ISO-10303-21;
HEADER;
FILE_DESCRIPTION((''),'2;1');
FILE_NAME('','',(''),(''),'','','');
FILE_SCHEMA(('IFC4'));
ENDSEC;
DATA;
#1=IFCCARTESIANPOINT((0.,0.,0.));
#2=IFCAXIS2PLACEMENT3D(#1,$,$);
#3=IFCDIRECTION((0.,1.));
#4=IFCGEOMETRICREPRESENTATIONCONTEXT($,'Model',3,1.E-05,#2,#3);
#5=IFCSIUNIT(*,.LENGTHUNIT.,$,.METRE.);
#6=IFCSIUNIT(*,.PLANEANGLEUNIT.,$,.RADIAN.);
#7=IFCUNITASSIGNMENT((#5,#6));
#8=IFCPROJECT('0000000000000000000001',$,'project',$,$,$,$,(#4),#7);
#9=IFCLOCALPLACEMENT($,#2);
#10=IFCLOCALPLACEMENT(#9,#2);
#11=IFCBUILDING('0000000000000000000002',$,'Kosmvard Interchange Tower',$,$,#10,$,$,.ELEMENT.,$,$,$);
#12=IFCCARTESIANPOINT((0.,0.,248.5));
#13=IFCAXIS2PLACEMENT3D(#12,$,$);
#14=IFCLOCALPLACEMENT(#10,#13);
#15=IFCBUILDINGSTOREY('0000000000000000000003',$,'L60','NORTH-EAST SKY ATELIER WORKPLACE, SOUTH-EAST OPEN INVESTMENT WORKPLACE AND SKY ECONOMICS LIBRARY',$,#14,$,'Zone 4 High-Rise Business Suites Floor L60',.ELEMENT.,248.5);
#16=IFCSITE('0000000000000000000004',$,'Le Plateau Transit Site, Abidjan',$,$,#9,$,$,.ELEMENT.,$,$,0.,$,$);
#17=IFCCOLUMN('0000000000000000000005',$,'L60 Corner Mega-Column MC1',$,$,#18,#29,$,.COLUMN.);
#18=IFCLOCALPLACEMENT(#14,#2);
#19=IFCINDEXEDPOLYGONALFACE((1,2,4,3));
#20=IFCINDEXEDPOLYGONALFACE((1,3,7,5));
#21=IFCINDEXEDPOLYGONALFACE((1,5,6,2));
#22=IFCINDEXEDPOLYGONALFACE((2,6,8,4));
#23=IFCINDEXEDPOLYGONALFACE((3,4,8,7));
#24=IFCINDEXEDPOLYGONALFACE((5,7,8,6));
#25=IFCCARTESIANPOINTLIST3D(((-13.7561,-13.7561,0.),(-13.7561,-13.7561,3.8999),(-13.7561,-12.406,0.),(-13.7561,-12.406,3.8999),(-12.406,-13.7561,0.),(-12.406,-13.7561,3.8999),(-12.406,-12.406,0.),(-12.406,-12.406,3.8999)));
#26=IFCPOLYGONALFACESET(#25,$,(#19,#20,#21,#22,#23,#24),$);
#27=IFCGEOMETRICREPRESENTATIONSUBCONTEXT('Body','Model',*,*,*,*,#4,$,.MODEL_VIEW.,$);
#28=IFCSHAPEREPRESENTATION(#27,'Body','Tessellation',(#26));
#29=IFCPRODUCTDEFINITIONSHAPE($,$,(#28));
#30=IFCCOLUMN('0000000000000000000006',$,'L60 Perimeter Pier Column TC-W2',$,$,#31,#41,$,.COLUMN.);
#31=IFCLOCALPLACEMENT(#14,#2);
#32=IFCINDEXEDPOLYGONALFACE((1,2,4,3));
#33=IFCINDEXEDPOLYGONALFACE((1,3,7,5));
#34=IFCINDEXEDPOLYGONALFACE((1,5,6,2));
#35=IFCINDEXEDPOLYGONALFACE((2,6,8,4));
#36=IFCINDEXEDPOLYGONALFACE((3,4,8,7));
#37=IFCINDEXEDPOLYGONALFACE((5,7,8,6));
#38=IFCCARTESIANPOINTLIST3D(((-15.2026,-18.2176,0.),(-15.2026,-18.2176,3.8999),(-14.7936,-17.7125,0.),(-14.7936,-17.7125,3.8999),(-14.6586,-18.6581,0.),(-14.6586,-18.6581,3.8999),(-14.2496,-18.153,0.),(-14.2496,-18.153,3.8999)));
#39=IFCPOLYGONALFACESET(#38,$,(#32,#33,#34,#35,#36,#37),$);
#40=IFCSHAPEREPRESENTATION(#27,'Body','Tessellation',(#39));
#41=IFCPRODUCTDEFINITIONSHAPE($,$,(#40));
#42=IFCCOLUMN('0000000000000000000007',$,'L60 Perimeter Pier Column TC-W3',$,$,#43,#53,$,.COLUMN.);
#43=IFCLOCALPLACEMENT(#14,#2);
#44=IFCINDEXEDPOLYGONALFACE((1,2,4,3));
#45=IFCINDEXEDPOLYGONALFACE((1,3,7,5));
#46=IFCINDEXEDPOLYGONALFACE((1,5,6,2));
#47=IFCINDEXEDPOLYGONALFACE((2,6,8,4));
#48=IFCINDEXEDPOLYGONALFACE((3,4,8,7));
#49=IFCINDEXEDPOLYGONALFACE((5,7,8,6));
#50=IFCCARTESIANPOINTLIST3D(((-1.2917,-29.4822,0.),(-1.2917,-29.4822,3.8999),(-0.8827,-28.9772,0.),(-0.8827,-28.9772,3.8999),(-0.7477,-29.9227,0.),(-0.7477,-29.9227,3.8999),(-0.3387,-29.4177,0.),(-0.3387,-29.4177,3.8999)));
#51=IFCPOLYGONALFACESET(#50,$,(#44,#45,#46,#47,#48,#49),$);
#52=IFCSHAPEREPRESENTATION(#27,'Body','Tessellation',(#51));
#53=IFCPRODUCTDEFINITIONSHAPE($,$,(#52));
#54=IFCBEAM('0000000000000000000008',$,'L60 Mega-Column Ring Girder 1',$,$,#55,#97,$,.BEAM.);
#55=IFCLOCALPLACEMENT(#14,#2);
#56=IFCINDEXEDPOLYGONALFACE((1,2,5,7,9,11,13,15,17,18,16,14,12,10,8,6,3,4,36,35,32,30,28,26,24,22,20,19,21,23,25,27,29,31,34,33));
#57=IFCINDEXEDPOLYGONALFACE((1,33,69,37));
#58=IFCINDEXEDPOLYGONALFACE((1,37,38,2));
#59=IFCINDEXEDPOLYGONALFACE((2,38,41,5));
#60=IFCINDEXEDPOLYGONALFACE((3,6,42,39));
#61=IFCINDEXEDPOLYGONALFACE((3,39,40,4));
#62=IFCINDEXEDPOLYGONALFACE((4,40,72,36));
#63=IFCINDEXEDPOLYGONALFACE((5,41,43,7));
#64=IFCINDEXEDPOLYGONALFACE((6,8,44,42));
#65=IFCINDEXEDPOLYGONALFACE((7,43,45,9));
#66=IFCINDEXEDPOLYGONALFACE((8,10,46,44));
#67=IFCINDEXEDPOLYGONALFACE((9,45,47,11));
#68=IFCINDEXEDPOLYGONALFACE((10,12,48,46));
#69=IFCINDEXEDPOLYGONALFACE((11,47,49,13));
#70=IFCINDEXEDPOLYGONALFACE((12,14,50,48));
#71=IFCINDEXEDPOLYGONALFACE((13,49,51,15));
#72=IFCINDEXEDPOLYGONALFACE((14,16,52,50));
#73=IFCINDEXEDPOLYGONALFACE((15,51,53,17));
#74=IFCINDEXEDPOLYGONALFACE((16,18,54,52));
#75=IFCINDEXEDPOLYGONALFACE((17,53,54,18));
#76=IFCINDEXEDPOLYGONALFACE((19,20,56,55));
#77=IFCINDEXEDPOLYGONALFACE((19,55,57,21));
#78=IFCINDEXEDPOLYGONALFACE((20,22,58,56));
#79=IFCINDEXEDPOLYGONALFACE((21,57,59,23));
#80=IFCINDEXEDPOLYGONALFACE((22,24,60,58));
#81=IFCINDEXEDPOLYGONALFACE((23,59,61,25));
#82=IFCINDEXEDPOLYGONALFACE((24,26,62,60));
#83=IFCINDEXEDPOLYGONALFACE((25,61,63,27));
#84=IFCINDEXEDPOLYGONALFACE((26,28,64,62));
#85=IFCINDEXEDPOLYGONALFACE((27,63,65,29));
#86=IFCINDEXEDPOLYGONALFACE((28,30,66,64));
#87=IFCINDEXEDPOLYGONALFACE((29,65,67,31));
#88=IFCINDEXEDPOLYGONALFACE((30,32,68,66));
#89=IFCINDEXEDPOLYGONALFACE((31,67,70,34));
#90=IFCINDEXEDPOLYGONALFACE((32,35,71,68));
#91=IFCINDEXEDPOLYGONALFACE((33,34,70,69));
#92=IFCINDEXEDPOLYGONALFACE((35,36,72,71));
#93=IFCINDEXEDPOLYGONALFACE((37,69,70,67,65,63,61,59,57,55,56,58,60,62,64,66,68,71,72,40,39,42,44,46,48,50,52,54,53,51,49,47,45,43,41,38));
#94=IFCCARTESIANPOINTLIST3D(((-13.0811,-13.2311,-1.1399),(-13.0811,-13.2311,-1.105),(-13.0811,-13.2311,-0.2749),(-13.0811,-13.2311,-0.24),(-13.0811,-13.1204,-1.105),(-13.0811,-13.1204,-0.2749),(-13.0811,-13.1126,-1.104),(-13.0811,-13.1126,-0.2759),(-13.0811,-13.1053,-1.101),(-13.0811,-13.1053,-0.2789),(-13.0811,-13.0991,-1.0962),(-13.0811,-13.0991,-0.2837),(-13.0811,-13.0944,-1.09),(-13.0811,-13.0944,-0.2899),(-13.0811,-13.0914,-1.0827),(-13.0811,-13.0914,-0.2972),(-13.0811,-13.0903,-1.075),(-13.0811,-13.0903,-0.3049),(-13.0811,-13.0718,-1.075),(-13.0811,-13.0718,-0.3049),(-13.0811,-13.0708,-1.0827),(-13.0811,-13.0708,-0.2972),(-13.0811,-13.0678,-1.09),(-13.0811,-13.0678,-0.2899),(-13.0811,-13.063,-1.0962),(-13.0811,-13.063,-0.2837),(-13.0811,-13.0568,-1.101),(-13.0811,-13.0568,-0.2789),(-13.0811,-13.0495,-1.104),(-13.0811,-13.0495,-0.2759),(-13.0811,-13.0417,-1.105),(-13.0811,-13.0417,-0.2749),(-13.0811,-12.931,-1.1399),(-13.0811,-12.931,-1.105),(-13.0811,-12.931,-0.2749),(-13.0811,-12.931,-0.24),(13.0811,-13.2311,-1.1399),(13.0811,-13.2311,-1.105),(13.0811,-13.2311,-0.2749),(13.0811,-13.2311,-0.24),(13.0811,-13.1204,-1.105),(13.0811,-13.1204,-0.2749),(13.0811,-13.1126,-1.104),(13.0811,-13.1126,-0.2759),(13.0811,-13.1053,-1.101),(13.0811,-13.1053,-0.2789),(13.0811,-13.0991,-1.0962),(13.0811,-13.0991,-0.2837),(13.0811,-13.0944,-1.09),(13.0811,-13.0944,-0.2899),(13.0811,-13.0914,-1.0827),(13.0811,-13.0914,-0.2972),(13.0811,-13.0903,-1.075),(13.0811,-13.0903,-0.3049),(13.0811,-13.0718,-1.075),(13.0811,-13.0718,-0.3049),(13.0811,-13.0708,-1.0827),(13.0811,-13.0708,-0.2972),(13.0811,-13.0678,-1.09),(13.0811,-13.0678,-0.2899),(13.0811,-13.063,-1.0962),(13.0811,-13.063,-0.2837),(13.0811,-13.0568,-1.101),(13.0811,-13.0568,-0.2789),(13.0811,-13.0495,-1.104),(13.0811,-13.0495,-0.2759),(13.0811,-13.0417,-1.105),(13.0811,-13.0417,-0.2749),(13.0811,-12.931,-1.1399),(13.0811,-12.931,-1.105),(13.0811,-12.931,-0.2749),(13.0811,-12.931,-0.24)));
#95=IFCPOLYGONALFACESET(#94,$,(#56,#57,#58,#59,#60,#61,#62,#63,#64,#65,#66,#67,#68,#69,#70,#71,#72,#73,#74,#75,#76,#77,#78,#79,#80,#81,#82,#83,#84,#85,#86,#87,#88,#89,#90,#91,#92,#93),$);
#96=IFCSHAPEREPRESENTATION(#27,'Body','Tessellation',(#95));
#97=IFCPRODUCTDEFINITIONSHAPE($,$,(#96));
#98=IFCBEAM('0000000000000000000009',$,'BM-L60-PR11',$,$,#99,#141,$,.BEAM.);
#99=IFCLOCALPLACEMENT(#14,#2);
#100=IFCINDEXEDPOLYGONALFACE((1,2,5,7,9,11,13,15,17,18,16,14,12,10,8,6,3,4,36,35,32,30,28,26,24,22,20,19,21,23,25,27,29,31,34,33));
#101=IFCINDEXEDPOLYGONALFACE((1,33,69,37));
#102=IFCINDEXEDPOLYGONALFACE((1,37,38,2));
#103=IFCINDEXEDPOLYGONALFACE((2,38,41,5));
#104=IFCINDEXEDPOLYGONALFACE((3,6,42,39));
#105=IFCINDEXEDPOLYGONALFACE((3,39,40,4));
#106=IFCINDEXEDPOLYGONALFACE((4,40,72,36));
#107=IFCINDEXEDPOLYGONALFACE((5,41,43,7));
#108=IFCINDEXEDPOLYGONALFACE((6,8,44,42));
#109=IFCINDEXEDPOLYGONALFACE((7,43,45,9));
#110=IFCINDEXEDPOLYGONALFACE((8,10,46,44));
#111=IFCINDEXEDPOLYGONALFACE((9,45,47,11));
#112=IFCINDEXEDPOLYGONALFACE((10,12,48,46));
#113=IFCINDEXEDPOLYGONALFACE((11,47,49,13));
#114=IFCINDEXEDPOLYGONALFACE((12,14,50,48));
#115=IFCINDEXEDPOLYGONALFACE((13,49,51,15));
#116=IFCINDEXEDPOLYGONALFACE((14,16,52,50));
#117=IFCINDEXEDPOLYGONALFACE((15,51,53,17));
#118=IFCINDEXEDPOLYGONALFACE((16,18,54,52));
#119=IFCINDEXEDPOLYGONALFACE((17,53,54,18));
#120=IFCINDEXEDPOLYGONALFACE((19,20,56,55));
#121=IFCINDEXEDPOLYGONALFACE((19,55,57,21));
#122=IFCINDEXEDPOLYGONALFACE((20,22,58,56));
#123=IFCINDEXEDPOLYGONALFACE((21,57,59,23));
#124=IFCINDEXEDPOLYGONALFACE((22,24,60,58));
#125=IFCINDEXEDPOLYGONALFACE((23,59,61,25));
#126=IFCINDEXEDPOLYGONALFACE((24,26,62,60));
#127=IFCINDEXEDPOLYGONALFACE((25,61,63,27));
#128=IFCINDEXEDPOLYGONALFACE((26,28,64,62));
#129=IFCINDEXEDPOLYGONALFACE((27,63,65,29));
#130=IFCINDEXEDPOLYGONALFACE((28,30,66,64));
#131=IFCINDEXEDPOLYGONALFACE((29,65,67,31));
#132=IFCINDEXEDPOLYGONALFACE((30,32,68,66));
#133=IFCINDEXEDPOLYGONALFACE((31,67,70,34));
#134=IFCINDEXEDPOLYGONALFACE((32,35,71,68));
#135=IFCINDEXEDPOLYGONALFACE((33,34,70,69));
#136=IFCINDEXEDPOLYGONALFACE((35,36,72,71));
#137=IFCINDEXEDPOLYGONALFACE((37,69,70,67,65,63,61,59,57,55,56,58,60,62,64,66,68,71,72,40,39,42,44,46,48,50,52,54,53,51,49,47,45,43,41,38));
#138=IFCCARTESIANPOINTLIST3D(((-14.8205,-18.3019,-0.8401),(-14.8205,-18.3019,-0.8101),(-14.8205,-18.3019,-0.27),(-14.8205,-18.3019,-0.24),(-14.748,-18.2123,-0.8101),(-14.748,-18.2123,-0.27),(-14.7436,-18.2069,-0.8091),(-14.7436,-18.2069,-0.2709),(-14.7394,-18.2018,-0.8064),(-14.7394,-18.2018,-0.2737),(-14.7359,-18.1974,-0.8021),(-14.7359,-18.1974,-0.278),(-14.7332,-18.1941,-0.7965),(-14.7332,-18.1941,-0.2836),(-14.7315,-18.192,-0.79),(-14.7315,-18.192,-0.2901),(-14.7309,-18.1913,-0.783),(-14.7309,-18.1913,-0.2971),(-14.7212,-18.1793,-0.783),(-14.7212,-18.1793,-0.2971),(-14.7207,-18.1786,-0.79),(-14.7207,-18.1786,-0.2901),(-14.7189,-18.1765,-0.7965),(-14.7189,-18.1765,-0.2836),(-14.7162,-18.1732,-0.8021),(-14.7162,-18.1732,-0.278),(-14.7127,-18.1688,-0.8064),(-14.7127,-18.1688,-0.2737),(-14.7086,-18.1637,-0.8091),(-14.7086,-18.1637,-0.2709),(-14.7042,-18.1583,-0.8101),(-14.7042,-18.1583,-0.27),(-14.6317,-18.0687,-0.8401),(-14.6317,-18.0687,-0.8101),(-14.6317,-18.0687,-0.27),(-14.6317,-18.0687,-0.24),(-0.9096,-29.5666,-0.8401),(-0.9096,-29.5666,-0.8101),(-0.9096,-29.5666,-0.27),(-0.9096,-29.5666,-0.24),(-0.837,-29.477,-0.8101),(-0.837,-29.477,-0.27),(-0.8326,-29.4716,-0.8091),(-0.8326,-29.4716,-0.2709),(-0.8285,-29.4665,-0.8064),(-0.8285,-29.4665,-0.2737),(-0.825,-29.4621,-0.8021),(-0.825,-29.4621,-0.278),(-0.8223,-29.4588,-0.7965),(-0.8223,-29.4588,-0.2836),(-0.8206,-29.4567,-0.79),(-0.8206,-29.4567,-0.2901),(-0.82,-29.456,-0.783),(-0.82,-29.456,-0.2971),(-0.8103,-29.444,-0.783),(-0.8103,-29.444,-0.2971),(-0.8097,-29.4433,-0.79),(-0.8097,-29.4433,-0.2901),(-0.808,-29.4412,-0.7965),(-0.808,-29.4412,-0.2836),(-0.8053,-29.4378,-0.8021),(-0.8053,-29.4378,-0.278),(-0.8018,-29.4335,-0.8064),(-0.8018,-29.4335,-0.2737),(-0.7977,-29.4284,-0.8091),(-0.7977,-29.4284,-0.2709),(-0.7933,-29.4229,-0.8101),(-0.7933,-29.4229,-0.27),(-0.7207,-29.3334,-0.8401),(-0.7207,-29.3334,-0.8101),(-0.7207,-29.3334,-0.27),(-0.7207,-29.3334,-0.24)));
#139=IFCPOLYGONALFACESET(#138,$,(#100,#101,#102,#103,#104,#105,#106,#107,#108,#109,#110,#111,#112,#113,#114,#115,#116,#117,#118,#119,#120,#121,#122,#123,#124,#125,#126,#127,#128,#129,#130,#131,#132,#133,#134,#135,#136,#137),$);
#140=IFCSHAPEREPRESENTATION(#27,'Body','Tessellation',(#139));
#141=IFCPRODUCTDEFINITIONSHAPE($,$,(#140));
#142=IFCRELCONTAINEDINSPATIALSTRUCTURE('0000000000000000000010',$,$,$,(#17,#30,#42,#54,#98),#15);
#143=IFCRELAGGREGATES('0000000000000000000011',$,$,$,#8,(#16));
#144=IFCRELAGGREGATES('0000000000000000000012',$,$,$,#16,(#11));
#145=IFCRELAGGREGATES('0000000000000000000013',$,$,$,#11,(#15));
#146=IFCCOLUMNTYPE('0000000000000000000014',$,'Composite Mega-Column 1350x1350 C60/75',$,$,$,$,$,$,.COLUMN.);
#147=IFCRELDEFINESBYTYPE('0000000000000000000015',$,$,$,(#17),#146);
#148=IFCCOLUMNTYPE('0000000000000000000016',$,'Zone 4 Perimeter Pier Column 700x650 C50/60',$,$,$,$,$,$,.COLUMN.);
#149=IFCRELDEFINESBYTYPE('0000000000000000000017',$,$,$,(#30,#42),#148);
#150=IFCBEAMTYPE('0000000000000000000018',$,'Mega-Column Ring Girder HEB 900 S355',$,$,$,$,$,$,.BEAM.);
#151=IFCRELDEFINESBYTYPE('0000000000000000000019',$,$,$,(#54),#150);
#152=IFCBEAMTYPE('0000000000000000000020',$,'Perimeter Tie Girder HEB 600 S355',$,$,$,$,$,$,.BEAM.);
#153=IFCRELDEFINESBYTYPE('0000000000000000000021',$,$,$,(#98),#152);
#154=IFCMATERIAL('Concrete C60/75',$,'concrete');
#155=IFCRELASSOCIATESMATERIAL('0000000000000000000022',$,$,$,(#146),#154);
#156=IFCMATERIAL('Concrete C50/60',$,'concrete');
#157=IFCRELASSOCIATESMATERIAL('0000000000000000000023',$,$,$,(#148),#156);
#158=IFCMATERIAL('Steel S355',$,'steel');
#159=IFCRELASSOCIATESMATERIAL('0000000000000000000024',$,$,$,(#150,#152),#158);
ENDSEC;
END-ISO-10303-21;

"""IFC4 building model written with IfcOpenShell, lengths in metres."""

from ifc_helpers import new_model, si_unit, direction, frame, origin, origin_2d, place, context, subcontext, project, spatial, rectangle, i_section, extrude, source, transform, mapped, material, material_profile, profile_set, type_object, element, save


model = new_model("IFC4")

# Units and contexts
model_context = context("Model", 3, precision=1e-05, world=origin(), true_north=direction((0.0, 1.0)))
body_context = subcontext(model_context, "Body", "Model", "MODEL_VIEW")
ifc_project = project(units=[si_unit("LENGTHUNIT", "METRE"), si_unit("PLANEANGLEUNIT", "RADIAN")], contexts=[model_context])

# Site, building, storey
site_placement = place(None, origin())
site = spatial("IfcSite", under=ifc_project, at=site_placement, Name="Le Plateau Transit Site, Abidjan", CompositionType="ELEMENT", RefElevation=0.0)
building_placement = place(site_placement, origin())
building = spatial("IfcBuilding", under=site, at=building_placement, Name="Kosmvard Interchange Tower", CompositionType="ELEMENT")
storey_placement = place(building_placement, frame((0.0, 0.0, 248.5)))
storey = spatial("IfcBuildingStorey", under=building, at=storey_placement, Name="L60", Description="NORTH-EAST SKY ATELIER WORKPLACE, SOUTH-EAST OPEN INVESTMENT WORKPLACE AND SKY ECONOMICS LIBRARY", LongName="Zone 4 High-Rise Business Suites Floor L60", CompositionType="ELEMENT", Elevation=248.5)

# Columns
ifc_material_1 = material(Name="Concrete C60/75", Category="concrete")
ifc_material_profile_1 = material_profile(ifc_material_1, rectangle(XDim=1.3501, YDim=1.3501, at=origin_2d()), Name="MC 1350x1350")
ifc_profile_set_1 = profile_set([ifc_material_profile_1], Name="Concrete C60/75")
column_type_1 = type_object("IfcColumnType", Name="Composite Mega-Column 1350x1350 C60/75", PredefinedType="COLUMN", material=ifc_profile_set_1)
shared_shape_1 = source(origin(), body_context, "Body", "SweptSolid", [
    extrude(rectangle(XDim=1.3501, YDim=1.3501, at=origin_2d()), origin(), (0.0, 0.0, 1.0), 3.8999),
])
column_placement = place(storey_placement, frame((-13.0811, -13.0811, 0.0), z_axis=(0.0, 0.0, 1.0), x_axis=(1.0, 0.0, 0.0)))
element("IfcColumn", 1, at=column_placement, inside=storey, type_object=column_type_1, Name="L60 Corner Mega-Column MC1", PredefinedType="COLUMN", context=body_context, shape_type="MappedRepresentation", body=[
    mapped(shared_shape_1, transform((0.0, 0.0, 0.0), scale=1.0)),
])
ifc_material_2 = material(Name="Concrete C50/60", Category="concrete")
ifc_material_profile_2 = material_profile(ifc_material_2, rectangle(XDim=0.6499, YDim=0.7, at=origin_2d()), Name="TC 700x650")
ifc_profile_set_2 = profile_set([ifc_material_profile_2], Name="Concrete C50/60")
column_type_2 = type_object("IfcColumnType", Name="Zone 4 Perimeter Pier Column 700x650 C50/60", PredefinedType="COLUMN", material=ifc_profile_set_2)
shared_shape_2 = source(origin(), body_context, "Body", "SweptSolid", [
    extrude(rectangle(XDim=0.6499, YDim=0.7, at=origin_2d()), origin(), (0.0, 0.0, 1.0), 3.8999),
])
for number, where, z_axis, x_axis, name in (
    (2, (-14.7261, -18.1853, 0.0), (0.0, 0.0, 1.0), (0.62932, 0.777146, 0.0), "L60 Perimeter Pier Column TC-W2"),
    (3, (-0.8152, -29.45, 0.0), (0.0, 0.0, 1.0), (0.62932, 0.777146, 0.0), "L60 Perimeter Pier Column TC-W3"),
):
    element("IfcColumn", number, at=place(storey_placement, frame(where, z_axis=z_axis, x_axis=x_axis)), inside=storey, type_object=column_type_2, Name=name, PredefinedType="COLUMN", context=body_context, shape_type="MappedRepresentation", body=[
        mapped(shared_shape_2, transform((0.0, 0.0, 0.0), scale=1.0)),
    ])

# Beams
ifc_material_3 = material(Name="Steel S355", Category="steel")
ifc_material_profile_3 = material_profile(ifc_material_3, i_section(OverallWidth=0.3, OverallDepth=0.8999, WebThickness=0.0186, FlangeThickness=0.0349, FilletRadius=0.03, at=origin_2d()), Name="HEB 900")
ifc_profile_set_3 = profile_set([ifc_material_profile_3], Name="Steel S355")
beam_type_1 = type_object("IfcBeamType", Name="Mega-Column Ring Girder HEB 900 S355", PredefinedType="BEAM", material=ifc_profile_set_3)
shared_shape_3 = source(origin(), body_context, "Body", "SweptSolid", [
    extrude(i_section(OverallWidth=0.3, OverallDepth=0.8999, WebThickness=0.0186, FlangeThickness=0.0349, FilletRadius=0.03, at=origin_2d()), origin(), (0.0, 0.0, 1.0), 26.1621),
])
beam_1_placement = place(storey_placement, frame((-13.0811, -13.0811, -0.6899), z_axis=(1.0, 0.0, 0.0), x_axis=(0.0, 1.0, 0.0)))
element("IfcBeam", 4, at=beam_1_placement, inside=storey, type_object=beam_type_1, Name="L60 Mega-Column Ring Girder 1", PredefinedType="BEAM", context=body_context, shape_type="MappedRepresentation", body=[
    mapped(shared_shape_3, transform((0.0, 0.0, 0.0), scale=1.0)),
])
ifc_material_profile_4 = material_profile(ifc_material_3, i_section(OverallWidth=0.3, OverallDepth=0.6001, WebThickness=0.0154, FlangeThickness=0.03, FilletRadius=0.0271, at=origin_2d()), Name="HEB 600")
ifc_profile_set_4 = profile_set([ifc_material_profile_4], Name="Steel S355")
beam_type_2 = type_object("IfcBeamType", Name="Perimeter Tie Girder HEB 600 S355", PredefinedType="BEAM", material=ifc_profile_set_4)
shared_shape_4 = source(origin(), body_context, "Body", "SweptSolid", [
    extrude(i_section(OverallWidth=0.3, OverallDepth=0.6001, WebThickness=0.0154, FlangeThickness=0.03, FilletRadius=0.0271, at=origin_2d()), origin(), (0.0, 0.0, 1.0), 17.8999),
])
beam_2_placement = place(storey_placement, frame((-14.7261, -18.1853, -0.54), z_axis=(0.777151, -0.629315, 0.0), x_axis=(0.629315, 0.777151, 0.0)))
element("IfcBeam", 5, at=beam_2_placement, inside=storey, type_object=beam_type_2, Name="BM-L60-PR11", PredefinedType="BEAM", context=body_context, shape_type="MappedRepresentation", body=[
    mapped(shared_shape_4, transform((0.0, 0.0, 0.0), scale=1.0)),
])

save(model, "model.ifc")
